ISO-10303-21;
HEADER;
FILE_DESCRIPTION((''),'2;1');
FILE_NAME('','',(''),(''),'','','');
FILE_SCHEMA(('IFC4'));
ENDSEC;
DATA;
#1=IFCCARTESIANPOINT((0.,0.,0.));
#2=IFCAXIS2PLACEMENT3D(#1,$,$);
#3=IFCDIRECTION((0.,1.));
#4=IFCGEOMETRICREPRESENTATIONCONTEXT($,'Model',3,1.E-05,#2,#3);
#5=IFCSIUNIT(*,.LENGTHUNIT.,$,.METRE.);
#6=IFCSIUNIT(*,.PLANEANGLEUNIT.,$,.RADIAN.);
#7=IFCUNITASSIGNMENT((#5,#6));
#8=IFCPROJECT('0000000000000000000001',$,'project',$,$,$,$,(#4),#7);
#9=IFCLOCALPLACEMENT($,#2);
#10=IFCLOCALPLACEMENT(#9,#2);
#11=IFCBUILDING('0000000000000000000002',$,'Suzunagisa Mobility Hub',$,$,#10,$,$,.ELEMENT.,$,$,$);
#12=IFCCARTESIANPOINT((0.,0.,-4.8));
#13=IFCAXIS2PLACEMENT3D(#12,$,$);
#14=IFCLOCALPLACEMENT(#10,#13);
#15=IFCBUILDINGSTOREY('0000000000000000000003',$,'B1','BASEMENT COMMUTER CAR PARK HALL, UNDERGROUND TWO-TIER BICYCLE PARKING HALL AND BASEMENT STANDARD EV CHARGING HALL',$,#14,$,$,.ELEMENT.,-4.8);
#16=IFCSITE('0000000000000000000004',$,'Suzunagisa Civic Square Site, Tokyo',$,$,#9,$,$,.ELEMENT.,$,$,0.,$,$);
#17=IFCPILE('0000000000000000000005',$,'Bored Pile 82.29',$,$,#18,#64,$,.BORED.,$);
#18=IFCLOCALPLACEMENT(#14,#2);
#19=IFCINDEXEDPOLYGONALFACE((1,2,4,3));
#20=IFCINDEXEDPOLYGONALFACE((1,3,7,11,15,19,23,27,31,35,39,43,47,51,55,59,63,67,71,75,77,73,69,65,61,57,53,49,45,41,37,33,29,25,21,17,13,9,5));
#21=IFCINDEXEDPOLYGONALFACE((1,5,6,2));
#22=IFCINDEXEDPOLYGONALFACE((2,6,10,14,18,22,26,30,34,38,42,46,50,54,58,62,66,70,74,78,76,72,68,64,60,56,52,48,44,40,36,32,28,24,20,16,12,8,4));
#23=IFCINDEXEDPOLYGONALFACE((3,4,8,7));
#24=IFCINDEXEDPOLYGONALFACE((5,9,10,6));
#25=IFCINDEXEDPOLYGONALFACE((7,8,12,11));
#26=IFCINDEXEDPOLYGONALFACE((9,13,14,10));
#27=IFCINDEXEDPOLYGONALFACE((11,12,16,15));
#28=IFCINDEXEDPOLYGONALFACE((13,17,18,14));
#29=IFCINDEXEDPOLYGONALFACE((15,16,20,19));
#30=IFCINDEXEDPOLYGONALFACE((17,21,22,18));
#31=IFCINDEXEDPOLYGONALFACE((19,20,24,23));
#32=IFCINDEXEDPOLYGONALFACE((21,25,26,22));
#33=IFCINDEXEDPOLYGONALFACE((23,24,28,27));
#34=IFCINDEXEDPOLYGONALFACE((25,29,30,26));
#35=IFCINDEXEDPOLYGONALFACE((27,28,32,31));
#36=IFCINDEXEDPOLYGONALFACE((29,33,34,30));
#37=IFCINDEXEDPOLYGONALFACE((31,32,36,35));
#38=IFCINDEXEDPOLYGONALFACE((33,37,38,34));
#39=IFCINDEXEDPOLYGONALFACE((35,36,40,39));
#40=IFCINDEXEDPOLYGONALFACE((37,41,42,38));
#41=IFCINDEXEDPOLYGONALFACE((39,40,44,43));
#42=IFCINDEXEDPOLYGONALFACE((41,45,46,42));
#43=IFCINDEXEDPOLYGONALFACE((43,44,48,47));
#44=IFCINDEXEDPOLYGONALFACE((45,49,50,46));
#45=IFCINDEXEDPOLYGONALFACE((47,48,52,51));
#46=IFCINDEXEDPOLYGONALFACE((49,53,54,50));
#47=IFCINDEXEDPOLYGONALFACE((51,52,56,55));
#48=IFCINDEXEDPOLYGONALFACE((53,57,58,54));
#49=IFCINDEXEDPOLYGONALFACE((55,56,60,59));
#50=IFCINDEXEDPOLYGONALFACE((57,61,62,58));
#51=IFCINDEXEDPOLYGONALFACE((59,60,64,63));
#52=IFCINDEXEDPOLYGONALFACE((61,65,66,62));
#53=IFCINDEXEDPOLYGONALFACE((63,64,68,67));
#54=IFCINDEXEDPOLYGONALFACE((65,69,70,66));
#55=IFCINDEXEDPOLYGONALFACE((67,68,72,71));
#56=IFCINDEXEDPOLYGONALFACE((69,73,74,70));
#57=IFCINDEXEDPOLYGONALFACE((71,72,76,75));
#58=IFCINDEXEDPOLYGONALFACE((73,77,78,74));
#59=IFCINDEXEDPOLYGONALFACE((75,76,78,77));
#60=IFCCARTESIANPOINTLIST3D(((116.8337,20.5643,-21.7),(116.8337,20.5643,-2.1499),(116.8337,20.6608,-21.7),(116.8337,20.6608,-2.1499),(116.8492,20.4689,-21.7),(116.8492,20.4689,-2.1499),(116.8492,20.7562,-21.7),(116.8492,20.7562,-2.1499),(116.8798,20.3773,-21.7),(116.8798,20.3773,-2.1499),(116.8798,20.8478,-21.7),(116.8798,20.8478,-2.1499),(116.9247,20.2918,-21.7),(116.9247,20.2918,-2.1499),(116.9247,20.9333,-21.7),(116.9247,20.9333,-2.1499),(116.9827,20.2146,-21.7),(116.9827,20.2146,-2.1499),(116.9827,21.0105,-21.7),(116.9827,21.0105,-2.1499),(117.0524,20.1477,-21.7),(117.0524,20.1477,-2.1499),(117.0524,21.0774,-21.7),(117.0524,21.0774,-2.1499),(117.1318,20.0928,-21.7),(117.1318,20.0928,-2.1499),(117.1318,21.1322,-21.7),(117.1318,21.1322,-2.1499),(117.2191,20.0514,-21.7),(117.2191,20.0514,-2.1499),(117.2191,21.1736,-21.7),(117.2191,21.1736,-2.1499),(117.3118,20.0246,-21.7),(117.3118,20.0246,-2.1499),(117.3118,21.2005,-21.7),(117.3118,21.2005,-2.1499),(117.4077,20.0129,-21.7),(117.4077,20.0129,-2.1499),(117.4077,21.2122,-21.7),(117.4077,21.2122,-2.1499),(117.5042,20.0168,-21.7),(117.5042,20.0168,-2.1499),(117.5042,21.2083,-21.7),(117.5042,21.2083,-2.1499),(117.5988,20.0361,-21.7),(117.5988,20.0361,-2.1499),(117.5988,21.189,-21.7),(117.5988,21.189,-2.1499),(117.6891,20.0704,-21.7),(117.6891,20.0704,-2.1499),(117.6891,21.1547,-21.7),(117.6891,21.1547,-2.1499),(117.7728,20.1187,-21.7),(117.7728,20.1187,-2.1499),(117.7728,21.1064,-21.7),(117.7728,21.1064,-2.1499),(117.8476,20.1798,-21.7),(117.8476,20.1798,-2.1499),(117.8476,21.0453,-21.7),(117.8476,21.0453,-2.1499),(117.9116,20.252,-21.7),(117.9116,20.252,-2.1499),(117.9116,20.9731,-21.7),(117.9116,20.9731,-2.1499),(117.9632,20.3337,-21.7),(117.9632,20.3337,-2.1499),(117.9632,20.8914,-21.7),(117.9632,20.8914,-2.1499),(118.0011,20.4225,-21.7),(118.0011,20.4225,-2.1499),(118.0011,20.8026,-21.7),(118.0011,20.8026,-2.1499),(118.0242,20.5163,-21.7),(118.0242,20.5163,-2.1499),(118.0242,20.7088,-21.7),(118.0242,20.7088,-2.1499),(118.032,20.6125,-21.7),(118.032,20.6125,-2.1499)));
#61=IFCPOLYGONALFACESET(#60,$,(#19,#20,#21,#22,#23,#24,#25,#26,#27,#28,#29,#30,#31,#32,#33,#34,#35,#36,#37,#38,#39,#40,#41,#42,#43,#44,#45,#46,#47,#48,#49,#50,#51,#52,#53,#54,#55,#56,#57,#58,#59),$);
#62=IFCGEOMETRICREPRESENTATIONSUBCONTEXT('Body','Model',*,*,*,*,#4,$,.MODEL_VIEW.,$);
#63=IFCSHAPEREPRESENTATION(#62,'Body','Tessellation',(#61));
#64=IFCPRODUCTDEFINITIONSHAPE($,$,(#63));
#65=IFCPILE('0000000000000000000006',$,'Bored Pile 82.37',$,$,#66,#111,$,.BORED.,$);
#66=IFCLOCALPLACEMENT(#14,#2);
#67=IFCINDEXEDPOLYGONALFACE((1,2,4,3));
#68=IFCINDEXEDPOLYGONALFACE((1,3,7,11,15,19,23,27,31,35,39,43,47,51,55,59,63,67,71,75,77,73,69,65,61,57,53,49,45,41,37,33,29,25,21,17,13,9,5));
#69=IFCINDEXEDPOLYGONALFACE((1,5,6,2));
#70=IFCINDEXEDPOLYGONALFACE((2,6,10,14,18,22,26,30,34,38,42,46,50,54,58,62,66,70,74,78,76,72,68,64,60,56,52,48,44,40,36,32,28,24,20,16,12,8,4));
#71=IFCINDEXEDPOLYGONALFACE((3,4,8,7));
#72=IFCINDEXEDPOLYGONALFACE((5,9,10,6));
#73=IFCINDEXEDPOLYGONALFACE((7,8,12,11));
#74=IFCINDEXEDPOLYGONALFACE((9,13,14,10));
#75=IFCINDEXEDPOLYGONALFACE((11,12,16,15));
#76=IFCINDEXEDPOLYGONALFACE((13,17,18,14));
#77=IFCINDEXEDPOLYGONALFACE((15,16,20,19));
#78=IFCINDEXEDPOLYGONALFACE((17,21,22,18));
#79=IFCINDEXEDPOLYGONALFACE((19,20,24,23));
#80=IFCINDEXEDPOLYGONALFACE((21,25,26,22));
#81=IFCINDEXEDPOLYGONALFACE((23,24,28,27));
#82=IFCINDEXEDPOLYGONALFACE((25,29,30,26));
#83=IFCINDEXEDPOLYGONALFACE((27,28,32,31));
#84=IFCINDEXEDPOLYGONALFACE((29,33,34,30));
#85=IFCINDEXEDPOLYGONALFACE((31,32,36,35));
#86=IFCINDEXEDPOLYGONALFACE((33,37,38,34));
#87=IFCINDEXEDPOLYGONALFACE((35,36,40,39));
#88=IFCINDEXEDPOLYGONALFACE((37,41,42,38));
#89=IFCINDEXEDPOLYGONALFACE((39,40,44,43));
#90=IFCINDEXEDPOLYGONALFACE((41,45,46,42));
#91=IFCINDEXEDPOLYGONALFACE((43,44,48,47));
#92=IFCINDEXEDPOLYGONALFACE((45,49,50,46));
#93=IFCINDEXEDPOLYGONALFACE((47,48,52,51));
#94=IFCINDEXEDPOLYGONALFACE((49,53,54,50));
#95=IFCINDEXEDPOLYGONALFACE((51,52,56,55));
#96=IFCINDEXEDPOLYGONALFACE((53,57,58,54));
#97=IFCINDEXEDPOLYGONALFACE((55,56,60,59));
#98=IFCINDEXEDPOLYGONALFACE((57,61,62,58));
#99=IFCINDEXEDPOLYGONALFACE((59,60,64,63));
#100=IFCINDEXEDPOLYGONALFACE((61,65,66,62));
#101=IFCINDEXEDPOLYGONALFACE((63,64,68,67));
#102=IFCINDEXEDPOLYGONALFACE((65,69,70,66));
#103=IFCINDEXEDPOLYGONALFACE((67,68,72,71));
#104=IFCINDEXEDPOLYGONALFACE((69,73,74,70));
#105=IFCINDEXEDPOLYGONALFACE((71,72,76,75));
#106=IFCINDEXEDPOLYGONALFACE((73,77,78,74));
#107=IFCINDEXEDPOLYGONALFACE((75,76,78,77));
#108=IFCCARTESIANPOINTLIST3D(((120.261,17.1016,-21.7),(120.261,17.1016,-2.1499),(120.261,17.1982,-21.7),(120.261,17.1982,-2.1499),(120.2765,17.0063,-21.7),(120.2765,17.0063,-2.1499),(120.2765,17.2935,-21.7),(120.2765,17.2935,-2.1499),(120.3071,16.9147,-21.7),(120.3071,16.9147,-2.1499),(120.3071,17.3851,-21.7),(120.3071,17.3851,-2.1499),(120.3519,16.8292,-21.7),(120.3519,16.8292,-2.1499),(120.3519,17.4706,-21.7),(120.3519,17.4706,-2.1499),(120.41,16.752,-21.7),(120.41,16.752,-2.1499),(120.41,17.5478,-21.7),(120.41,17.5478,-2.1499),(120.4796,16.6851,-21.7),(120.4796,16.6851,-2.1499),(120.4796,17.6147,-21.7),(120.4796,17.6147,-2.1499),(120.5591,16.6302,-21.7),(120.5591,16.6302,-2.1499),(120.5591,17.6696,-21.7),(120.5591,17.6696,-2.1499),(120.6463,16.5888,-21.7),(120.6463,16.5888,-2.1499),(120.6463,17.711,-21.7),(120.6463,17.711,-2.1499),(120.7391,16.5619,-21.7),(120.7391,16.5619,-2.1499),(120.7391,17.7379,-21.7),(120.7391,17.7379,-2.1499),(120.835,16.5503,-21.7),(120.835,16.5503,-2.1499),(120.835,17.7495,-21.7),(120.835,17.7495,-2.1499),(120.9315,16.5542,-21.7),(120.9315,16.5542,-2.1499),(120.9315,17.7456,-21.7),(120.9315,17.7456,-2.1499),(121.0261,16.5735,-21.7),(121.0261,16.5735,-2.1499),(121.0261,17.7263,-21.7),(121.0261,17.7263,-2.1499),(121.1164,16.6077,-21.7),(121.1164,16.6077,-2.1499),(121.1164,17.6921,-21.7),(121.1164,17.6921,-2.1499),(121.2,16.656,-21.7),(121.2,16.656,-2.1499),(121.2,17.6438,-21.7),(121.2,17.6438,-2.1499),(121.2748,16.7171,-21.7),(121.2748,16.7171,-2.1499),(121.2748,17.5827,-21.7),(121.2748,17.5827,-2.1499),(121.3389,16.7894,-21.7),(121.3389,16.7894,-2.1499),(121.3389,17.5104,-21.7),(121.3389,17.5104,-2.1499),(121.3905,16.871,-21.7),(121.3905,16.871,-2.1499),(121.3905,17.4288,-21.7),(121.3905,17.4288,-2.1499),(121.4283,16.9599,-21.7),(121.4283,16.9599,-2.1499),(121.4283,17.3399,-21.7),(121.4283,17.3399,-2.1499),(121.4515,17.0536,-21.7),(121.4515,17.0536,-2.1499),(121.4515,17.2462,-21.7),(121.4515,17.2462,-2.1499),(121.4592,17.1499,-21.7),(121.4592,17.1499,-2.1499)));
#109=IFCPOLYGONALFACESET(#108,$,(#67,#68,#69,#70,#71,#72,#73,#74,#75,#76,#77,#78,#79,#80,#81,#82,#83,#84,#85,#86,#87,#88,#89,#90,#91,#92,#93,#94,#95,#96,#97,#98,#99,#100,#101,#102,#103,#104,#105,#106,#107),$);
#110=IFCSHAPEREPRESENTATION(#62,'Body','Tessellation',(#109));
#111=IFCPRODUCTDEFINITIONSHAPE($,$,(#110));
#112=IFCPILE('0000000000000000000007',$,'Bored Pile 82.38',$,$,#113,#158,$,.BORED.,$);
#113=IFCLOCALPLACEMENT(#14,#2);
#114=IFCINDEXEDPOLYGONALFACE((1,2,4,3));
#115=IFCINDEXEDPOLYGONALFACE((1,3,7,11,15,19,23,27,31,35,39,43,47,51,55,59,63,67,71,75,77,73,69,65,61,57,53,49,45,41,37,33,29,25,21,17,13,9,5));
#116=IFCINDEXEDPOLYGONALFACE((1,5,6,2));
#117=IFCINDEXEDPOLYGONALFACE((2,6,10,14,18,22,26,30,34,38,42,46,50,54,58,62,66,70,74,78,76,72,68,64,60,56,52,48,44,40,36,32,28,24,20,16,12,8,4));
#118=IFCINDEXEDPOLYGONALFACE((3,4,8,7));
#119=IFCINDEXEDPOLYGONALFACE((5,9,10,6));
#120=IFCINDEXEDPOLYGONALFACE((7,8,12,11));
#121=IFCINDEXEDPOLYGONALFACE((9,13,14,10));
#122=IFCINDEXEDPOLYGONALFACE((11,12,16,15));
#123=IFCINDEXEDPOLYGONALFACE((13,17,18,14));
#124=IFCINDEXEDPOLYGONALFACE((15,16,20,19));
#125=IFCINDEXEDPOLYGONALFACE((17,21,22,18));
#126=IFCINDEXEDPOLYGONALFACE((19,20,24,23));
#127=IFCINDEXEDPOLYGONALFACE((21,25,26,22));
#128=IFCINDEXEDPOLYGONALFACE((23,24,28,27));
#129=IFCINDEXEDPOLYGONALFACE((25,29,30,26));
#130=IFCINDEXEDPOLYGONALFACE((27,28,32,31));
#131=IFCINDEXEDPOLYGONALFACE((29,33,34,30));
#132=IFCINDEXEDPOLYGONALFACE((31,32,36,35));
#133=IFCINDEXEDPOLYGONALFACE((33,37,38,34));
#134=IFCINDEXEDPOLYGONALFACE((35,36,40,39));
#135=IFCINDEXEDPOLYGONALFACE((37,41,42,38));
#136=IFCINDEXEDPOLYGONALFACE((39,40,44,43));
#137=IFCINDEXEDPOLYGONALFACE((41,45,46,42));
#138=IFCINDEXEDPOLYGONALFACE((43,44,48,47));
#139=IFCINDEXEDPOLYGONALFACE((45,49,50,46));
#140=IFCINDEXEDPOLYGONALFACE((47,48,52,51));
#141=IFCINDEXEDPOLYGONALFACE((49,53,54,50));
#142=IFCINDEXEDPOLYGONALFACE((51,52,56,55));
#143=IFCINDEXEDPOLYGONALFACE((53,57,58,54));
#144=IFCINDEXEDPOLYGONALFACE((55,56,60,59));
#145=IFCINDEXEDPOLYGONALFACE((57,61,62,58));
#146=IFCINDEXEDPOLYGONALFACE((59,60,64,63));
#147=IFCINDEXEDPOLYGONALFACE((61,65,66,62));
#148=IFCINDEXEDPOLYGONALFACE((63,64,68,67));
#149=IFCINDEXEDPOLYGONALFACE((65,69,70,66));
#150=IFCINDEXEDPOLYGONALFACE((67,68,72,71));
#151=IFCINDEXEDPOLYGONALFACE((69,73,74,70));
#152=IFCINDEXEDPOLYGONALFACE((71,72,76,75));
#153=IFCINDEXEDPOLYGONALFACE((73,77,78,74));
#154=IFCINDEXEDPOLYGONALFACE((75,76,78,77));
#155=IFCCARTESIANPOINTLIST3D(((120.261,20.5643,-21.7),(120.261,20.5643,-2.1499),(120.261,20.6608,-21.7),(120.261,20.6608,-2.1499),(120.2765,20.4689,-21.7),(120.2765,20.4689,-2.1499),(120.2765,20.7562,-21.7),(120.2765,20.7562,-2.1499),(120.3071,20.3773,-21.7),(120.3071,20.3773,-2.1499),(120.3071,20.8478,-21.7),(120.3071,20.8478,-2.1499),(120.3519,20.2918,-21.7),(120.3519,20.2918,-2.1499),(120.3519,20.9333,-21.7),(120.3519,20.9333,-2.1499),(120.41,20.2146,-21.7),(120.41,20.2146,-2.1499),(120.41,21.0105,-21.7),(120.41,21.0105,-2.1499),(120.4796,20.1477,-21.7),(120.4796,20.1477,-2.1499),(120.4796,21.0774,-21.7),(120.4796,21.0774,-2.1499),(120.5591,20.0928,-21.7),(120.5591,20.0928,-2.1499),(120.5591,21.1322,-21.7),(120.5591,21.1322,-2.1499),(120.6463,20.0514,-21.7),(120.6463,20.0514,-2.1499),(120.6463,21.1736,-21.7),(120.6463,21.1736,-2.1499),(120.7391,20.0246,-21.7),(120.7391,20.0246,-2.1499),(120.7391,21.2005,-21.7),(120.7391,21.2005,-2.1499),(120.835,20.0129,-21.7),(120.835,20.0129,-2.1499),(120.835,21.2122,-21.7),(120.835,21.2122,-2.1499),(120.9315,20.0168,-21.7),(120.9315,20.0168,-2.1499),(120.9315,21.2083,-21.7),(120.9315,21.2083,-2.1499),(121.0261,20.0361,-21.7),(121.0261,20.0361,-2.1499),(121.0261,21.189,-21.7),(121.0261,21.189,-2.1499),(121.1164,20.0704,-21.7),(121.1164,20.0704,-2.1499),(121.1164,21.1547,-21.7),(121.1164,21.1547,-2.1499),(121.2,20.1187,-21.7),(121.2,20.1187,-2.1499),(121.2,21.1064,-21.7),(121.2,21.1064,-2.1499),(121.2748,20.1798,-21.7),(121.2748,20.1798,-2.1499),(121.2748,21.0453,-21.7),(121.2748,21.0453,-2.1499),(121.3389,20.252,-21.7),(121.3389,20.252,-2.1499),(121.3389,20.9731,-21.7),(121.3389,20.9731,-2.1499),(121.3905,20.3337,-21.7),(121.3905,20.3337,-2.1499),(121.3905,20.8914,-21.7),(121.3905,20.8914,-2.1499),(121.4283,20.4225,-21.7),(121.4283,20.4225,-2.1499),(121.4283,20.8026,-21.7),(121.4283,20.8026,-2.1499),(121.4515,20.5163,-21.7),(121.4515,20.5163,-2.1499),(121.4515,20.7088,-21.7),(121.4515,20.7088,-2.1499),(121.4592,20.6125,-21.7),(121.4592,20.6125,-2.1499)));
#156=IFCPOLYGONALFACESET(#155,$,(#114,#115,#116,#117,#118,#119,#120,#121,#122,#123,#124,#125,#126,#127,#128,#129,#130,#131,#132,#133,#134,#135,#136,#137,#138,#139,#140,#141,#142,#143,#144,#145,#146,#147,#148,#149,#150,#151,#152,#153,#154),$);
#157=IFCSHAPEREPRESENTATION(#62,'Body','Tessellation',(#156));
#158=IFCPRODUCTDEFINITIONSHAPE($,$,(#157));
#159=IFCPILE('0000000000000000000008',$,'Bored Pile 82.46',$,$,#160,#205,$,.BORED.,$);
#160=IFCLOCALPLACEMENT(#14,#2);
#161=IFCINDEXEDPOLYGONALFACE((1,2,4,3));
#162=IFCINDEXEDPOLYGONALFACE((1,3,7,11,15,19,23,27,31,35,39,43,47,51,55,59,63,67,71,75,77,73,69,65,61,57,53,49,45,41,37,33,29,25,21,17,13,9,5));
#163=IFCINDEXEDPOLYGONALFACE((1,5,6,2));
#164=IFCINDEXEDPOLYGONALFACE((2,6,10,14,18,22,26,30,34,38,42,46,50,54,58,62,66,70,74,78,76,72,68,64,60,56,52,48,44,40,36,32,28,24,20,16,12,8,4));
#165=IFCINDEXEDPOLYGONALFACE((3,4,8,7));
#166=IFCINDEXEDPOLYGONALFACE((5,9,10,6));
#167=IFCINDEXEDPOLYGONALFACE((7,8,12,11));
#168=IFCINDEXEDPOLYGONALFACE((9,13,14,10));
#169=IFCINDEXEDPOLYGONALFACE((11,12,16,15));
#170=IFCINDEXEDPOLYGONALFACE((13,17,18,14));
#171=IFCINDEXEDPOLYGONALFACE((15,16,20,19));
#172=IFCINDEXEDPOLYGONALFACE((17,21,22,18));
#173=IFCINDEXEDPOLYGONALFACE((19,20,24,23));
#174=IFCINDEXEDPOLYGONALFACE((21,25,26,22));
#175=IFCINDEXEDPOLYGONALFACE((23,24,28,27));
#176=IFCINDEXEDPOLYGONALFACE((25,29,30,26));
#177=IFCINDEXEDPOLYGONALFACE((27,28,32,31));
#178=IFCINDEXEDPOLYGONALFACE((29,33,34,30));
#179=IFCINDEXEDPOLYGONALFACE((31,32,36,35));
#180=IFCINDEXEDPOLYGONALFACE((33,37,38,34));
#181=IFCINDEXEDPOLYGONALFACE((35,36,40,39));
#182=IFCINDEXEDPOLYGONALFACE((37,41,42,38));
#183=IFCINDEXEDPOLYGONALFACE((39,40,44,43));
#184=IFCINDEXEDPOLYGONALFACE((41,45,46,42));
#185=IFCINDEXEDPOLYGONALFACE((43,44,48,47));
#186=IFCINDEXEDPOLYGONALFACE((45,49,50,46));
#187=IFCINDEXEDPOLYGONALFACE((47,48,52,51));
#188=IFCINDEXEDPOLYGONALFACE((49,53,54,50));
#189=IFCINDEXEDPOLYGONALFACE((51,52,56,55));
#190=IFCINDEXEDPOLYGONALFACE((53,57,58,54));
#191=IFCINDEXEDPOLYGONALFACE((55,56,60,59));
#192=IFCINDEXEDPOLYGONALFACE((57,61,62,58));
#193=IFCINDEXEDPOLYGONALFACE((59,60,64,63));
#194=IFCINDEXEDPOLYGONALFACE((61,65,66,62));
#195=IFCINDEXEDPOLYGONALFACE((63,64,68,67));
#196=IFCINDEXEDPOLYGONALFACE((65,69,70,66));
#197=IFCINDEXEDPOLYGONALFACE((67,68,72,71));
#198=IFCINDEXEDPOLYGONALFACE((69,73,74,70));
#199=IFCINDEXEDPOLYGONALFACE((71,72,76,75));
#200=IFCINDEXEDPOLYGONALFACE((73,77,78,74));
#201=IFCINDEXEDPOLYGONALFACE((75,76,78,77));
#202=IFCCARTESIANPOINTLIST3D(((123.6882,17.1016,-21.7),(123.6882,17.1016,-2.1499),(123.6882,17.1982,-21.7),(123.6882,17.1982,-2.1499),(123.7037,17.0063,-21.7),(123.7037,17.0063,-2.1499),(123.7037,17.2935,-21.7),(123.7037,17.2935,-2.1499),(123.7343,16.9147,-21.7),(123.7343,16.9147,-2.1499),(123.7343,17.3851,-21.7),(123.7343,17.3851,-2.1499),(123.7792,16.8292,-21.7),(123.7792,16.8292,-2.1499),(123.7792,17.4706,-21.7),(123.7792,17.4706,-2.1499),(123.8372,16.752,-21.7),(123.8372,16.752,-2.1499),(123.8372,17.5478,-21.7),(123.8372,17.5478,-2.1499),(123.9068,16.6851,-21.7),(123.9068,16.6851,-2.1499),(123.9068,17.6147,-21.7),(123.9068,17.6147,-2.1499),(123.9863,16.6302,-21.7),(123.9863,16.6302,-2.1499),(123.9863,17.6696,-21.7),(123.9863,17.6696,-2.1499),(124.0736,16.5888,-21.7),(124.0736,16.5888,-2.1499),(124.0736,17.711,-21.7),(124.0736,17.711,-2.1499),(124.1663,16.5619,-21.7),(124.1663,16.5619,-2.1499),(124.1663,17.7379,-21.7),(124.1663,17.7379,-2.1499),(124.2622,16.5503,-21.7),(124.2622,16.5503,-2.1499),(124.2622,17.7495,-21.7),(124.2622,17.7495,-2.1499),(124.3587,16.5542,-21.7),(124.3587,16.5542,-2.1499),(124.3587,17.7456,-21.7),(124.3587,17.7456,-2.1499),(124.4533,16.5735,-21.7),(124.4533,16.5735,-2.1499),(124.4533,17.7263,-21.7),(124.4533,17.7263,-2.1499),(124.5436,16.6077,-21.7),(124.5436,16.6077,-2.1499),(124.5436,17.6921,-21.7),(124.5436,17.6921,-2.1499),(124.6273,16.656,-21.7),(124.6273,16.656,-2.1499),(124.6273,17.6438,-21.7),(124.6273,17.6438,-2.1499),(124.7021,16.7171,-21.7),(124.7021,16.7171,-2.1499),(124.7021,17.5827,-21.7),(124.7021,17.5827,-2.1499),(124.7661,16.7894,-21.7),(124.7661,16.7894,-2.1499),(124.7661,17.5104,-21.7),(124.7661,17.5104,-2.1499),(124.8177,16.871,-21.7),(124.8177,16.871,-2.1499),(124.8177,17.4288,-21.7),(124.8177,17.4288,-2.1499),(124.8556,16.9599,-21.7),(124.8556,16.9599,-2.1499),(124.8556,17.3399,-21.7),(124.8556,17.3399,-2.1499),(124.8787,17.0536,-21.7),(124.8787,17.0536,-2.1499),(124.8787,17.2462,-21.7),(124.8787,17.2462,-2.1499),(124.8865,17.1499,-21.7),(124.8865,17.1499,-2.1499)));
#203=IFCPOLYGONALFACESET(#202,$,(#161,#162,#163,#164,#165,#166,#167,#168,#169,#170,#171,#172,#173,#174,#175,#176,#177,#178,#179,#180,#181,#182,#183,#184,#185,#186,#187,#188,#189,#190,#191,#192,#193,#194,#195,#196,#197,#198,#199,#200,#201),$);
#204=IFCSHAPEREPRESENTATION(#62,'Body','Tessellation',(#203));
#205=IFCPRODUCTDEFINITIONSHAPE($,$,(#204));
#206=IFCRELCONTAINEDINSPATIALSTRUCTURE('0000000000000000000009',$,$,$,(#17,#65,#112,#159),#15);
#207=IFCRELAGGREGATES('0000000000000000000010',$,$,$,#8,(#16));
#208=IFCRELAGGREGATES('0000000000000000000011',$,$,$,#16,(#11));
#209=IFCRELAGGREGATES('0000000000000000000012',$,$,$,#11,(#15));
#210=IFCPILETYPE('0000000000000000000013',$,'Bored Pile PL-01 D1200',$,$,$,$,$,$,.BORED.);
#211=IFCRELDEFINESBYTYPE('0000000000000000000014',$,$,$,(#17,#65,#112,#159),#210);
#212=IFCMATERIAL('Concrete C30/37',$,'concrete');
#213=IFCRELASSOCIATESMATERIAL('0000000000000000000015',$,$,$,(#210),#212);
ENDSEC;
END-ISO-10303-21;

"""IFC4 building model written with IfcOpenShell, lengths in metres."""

from ifc_helpers import new_model, si_unit, direction, frame, origin, origin_2d, place, context, subcontext, project, spatial, circle, extrude, material, material_profile, profile_set, type_object, element, save


model = new_model("IFC4")

# Units and contexts
model_context = context("Model", 3, precision=1e-05, world=origin(), true_north=direction((0.0, 1.0)))
body_context = subcontext(model_context, "Body", "Model", "MODEL_VIEW")
ifc_project = project(units=[si_unit("LENGTHUNIT", "METRE"), si_unit("PLANEANGLEUNIT", "RADIAN")], contexts=[model_context])

# Site, building, storey
site_placement = place(None, origin())
site = spatial("IfcSite", under=ifc_project, at=site_placement, Name="Suzunagisa Civic Square Site, Tokyo", CompositionType="ELEMENT", RefElevation=0.0)
building_placement = place(site_placement, origin())
building = spatial("IfcBuilding", under=site, at=building_placement, Name="Suzunagisa Mobility Hub", CompositionType="ELEMENT")
storey_placement = place(building_placement, frame((0.0, 0.0, -4.8)))
storey = spatial("IfcBuildingStorey", under=building, at=storey_placement, Name="B1", Description="BASEMENT COMMUTER CAR PARK HALL, UNDERGROUND TWO-TIER BICYCLE PARKING HALL AND BASEMENT STANDARD EV CHARGING HALL", CompositionType="ELEMENT", Elevation=-4.8)

# Piles
ifc_material_1 = material(Name="Concrete C30/37", Category="concrete")
ifc_material_profile_1 = material_profile(ifc_material_1, circle(Radius=0.6001, at=origin_2d()), Name="BORED PILE D1200")
ifc_profile_set_1 = profile_set([ifc_material_profile_1], Name="Concrete C30/37")
pile_type = type_object("IfcPileType", Name="Bored Pile PL-01 D1200", PredefinedType="BORED", material=ifc_profile_set_1)
for number, where, z_axis, x_axis, name in (
    (1, (117.4319, 20.6125, -2.1499), (0.0, 0.0, -1.0), (1.0, 0.0, 0.0), "Bored Pile 82.29"),
    (2, (120.8591, 17.1499, -2.1499), (0.0, 0.0, -1.0), (1.0, 0.0, 0.0), "Bored Pile 82.37"),
    (3, (120.8591, 20.6125, -2.1499), (0.0, 0.0, -1.0), (1.0, 0.0, 0.0), "Bored Pile 82.38"),
    (4, (124.2864, 17.1499, -2.1499), (0.0, 0.0, -1.0), (1.0, 0.0, 0.0), "Bored Pile 82.46"),
):
    element("IfcPile", number, at=place(storey_placement, frame(where, z_axis=z_axis, x_axis=x_axis)), inside=storey, type_object=pile_type, Name=name, PredefinedType="BORED", context=body_context, shape_type="SweptSolid", body=[
        extrude(circle(Radius=0.6001, at=origin_2d()), origin(), (0.0, 0.0, 1.0), 19.55),
    ])

save(model, "model.ifc")
